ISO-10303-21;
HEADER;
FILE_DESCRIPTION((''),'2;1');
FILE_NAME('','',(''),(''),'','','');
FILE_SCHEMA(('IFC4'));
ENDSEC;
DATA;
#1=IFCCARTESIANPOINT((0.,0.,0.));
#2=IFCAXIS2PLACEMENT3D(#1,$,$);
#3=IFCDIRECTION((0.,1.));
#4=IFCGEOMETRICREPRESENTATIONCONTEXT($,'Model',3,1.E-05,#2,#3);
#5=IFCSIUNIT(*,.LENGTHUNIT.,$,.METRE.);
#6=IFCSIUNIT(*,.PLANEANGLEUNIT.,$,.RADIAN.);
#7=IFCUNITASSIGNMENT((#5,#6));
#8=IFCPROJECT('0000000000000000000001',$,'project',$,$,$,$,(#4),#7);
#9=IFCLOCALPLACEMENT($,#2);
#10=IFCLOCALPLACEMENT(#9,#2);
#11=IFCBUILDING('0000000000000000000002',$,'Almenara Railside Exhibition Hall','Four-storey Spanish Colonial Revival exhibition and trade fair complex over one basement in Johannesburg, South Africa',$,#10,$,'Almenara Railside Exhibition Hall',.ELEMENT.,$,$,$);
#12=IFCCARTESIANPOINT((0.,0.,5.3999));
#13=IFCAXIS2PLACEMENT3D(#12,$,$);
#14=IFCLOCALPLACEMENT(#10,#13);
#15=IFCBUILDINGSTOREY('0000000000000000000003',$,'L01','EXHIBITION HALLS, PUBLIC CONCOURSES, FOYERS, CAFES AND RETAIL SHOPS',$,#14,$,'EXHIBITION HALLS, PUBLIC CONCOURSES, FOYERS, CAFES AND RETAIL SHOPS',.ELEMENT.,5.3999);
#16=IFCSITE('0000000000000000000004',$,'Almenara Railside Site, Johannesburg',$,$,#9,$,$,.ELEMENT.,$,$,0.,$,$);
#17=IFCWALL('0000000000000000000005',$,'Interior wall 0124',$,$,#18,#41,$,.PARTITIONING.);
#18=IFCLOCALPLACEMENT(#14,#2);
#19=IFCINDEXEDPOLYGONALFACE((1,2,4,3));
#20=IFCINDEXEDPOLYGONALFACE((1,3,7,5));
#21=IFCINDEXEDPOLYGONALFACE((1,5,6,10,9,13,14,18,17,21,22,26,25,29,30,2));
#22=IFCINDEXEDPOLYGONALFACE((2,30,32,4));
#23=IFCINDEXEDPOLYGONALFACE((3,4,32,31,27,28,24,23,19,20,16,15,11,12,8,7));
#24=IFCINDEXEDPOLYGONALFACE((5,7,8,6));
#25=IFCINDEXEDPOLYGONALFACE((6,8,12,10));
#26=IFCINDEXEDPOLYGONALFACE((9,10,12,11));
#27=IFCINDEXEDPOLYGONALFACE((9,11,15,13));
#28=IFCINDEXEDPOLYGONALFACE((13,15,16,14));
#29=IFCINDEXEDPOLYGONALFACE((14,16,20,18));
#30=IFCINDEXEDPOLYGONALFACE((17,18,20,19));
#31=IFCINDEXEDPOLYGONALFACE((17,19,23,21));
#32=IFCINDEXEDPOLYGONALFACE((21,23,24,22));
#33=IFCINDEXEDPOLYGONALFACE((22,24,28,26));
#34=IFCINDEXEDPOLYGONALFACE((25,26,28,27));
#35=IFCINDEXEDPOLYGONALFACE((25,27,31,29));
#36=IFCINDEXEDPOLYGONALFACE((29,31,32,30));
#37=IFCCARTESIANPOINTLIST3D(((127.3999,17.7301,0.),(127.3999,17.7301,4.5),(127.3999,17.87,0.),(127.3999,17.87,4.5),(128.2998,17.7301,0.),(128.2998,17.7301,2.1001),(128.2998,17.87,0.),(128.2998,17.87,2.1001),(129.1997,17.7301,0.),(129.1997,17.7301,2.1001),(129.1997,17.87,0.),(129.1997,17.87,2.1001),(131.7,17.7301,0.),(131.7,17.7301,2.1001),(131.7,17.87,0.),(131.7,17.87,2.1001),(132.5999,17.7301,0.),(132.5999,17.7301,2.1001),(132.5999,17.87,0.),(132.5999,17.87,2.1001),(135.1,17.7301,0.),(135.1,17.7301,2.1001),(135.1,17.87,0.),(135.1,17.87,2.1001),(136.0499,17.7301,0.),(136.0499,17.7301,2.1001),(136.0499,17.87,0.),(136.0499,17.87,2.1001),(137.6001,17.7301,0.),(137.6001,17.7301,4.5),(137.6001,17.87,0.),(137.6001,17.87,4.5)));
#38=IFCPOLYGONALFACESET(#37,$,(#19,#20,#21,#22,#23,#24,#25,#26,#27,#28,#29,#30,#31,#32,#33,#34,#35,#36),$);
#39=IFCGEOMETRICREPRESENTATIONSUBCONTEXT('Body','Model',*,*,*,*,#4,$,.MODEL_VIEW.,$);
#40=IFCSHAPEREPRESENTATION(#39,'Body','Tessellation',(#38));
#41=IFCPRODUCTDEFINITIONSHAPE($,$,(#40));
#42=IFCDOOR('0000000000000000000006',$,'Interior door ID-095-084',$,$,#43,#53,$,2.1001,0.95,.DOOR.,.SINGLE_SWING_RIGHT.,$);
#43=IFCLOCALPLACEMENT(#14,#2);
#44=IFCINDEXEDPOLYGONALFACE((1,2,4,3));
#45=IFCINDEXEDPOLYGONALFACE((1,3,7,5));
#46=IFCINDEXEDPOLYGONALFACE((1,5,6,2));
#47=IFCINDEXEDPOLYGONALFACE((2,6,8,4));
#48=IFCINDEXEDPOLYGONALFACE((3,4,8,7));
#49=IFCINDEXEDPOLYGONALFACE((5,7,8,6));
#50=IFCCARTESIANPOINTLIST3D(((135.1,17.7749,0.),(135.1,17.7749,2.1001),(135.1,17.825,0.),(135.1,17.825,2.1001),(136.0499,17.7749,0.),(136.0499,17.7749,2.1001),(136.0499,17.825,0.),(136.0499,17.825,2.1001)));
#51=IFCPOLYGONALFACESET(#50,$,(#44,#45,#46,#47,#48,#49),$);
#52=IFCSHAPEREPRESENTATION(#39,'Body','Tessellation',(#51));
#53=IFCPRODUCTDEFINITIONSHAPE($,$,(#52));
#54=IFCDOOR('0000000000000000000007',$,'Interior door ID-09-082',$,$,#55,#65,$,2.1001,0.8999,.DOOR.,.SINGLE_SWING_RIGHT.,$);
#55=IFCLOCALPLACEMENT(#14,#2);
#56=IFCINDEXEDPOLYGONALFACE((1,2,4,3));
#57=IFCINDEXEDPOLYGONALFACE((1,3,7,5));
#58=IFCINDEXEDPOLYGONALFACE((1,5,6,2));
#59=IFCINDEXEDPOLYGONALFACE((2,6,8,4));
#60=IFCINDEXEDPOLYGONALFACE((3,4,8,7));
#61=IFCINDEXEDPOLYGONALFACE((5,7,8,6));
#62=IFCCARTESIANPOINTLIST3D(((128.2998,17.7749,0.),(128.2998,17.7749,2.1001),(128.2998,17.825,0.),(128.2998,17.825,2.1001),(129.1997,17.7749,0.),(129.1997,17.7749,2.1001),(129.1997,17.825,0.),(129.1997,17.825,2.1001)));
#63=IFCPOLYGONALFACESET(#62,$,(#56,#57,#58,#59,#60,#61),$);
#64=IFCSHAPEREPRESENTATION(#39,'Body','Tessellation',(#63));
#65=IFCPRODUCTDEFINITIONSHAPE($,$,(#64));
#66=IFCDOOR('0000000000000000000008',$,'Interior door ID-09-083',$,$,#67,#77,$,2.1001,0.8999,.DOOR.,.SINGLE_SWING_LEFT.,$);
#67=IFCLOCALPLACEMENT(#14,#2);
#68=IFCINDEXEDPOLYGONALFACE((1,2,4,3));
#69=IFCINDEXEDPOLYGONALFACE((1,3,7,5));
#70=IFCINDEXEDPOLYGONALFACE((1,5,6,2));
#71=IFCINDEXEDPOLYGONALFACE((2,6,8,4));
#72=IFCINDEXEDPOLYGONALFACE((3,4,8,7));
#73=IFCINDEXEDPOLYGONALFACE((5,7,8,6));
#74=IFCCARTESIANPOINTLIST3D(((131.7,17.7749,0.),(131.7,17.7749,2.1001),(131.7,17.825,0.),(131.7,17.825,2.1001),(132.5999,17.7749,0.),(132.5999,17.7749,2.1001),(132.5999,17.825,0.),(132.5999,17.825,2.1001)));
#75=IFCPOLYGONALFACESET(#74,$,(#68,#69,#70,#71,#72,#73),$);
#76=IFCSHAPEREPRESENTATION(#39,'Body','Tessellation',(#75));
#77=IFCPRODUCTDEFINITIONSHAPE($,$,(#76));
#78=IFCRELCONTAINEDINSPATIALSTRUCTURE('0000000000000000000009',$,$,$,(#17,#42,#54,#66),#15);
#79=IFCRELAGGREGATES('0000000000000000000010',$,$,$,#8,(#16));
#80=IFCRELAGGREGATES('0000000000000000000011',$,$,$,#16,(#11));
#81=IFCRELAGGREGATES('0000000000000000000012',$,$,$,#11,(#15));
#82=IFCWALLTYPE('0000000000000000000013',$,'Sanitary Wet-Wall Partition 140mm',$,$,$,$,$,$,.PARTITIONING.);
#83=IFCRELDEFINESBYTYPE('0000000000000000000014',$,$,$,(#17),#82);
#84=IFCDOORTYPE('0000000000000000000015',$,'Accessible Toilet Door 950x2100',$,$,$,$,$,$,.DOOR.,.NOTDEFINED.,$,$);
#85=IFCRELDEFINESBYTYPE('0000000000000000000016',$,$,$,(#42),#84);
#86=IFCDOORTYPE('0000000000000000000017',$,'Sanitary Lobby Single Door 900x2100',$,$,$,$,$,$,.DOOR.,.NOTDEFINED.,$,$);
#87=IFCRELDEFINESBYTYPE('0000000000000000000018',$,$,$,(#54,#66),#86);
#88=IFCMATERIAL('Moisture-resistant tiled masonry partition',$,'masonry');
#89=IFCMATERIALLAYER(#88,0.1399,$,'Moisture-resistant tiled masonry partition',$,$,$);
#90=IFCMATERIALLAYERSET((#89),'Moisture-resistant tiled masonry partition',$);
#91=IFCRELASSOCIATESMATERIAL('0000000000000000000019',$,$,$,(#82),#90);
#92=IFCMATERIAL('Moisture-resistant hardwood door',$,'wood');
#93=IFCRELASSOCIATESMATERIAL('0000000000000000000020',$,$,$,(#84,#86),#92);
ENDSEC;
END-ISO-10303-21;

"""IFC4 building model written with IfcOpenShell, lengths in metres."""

from ifc_helpers import new_model, si_unit, direction, frame, frame_2d, origin, place, context, subcontext, project, spatial, rectangle, extrude, material, layer, layer_set, type_object, element, fill, save


model = new_model("IFC4")

# Units and contexts
model_context = context("Model", 3, precision=1e-05, world=origin(), true_north=direction((0.0, 1.0)))
body_context = subcontext(model_context, "Body", "Model", "MODEL_VIEW")
ifc_project = project(units=[si_unit("LENGTHUNIT", "METRE"), si_unit("PLANEANGLEUNIT", "RADIAN")], contexts=[model_context])

# Site, building, storey
site_placement = place(None, origin())
site = spatial("IfcSite", under=ifc_project, at=site_placement, Name="Almenara Railside Site, Johannesburg", CompositionType="ELEMENT", RefElevation=0.0)
building_placement = place(site_placement, origin())
building = spatial("IfcBuilding", under=site, at=building_placement, Name="Almenara Railside Exhibition Hall", Description="Four-storey Spanish Colonial Revival exhibition and trade fair complex over one basement in Johannesburg, South Africa", LongName="Almenara Railside Exhibition Hall", CompositionType="ELEMENT")
storey_placement = place(building_placement, frame((0.0, 0.0, 5.3999)))
storey = spatial("IfcBuildingStorey", under=building, at=storey_placement, Name="L01", Description="EXHIBITION HALLS, PUBLIC CONCOURSES, FOYERS, CAFES AND RETAIL SHOPS", LongName="EXHIBITION HALLS, PUBLIC CONCOURSES, FOYERS, CAFES AND RETAIL SHOPS", CompositionType="ELEMENT", Elevation=5.3999)

# Wall, openings, doors
ifc_material_1 = material(Name="Moisture-resistant tiled masonry partition", Category="masonry")
ifc_layer_1 = layer(ifc_material_1, 0.1399, Name="Moisture-resistant tiled masonry partition")
ifc_layer_set_1 = layer_set([ifc_layer_1], Name="Moisture-resistant tiled masonry partition")
wall_type_1 = type_object("IfcWallType", Name="Sanitary Wet-Wall Partition 140mm", PredefinedType="PARTITIONING", material=ifc_layer_set_1)
wall_1_placement = place(storey_placement, frame((127.3999, 17.8, 0.0), z_axis=(0.0, 0.0, 1.0), x_axis=(1.0, 0.0, 0.0)))
wall_1 = element("IfcWall", 1, at=wall_1_placement, inside=storey, type_object=wall_type_1, Name="Interior wall 0124", PredefinedType="PARTITIONING", context=body_context, shape_type="SweptSolid", body=[
    extrude(rectangle(XDim=10.2002, YDim=0.1399, at=frame_2d((5.1001, 0.0))), origin(), (0.0, 0.0, 1.0), 4.5),
])
opening_1_placement = place(wall_1_placement, frame((0.8999, 0.0, 0.0)))
opening_1 = element("IfcOpeningElement", 2, at=opening_1_placement, cuts=wall_1, PredefinedType="OPENING", context=body_context, shape_type="SweptSolid", body=[
    extrude(rectangle(XDim=0.8999, YDim=2.1001, at=frame_2d((0.45, 1.05))), frame((0.0, 0.0798, 0.0), z_axis=(0.0, -1.0, 0.0), x_axis=(1.0, 0.0, 0.0)), (0.0, 0.0, 1.0), 0.1599),
])
opening_2_placement = place(wall_1_placement, frame((4.3, 0.0, 0.0)))
opening_2 = element("IfcOpeningElement", 3, at=opening_2_placement, cuts=wall_1, PredefinedType="OPENING", context=body_context, shape_type="SweptSolid", body=[
    extrude(rectangle(XDim=0.8999, YDim=2.1001, at=frame_2d((0.45, 1.05))), frame((0.0, 0.0798, 0.0), z_axis=(0.0, -1.0, 0.0), x_axis=(1.0, 0.0, 0.0)), (0.0, 0.0, 1.0), 0.1599),
])
opening_3_placement = place(wall_1_placement, frame((7.7, 0.0, 0.0)))
opening_3 = element("IfcOpeningElement", 4, at=opening_3_placement, cuts=wall_1, PredefinedType="OPENING", context=body_context, shape_type="SweptSolid", body=[
    extrude(rectangle(XDim=0.95, YDim=2.1001, at=frame_2d((0.4751, 1.05))), frame((0.0, 0.0798, 0.0), z_axis=(0.0, -1.0, 0.0), x_axis=(1.0, 0.0, 0.0)), (0.0, 0.0, 1.0), 0.1599),
])
ifc_material_2 = material(Name="Moisture-resistant hardwood door", Category="wood")
door_type_1 = type_object("IfcDoorType", Name="Accessible Toilet Door 950x2100", OperationType="NOTDEFINED", PredefinedType="DOOR", material=ifc_material_2)
door_1_placement = place(opening_3_placement, origin())
door_1 = element("IfcDoor", 5, at=door_1_placement, inside=storey, type_object=door_type_1, Name="Interior door ID-095-084", OperationType="SINGLE_SWING_RIGHT", OverallHeight=2.1001, OverallWidth=0.95, PredefinedType="DOOR", context=body_context, shape_type="SweptSolid", body=[
    extrude(rectangle(XDim=0.95, YDim=2.1001, at=frame_2d((0.4751, 1.05))), frame((0.0, 0.0249, 0.0), z_axis=(0.0, -1.0, 0.0), x_axis=(1.0, 0.0, 0.0)), (0.0, 0.0, 1.0), 0.05),
])
fill(opening_3, door_1)
door_type_2 = type_object("IfcDoorType", Name="Sanitary Lobby Single Door 900x2100", OperationType="NOTDEFINED", PredefinedType="DOOR", material=ifc_material_2)
door_2_placement = place(opening_1_placement, origin())
door_2 = element("IfcDoor", 6, at=door_2_placement, inside=storey, type_object=door_type_2, Name="Interior door ID-09-082", OperationType="SINGLE_SWING_RIGHT", OverallHeight=2.1001, OverallWidth=0.8999, PredefinedType="DOOR", context=body_context, shape_type="SweptSolid", body=[
    extrude(rectangle(XDim=0.8999, YDim=2.1001, at=frame_2d((0.45, 1.05))), frame((0.0, 0.0249, 0.0), z_axis=(0.0, -1.0, 0.0), x_axis=(1.0, 0.0, 0.0)), (0.0, 0.0, 1.0), 0.05),
])
fill(opening_1, door_2)
door_3_placement = place(opening_2_placement, origin())
door_3 = element("IfcDoor", 7, at=door_3_placement, inside=storey, type_object=door_type_2, Name="Interior door ID-09-083", OperationType="SINGLE_SWING_LEFT", OverallHeight=2.1001, OverallWidth=0.8999, PredefinedType="DOOR", context=body_context, shape_type="SweptSolid", body=[
    extrude(rectangle(XDim=0.8999, YDim=2.1001, at=frame_2d((0.45, 1.05))), frame((0.0, 0.0249, 0.0), z_axis=(0.0, -1.0, 0.0), x_axis=(1.0, 0.0, 0.0)), (0.0, 0.0, 1.0), 0.05),
])
fill(opening_2, door_3)

save(model, "model.ifc")
